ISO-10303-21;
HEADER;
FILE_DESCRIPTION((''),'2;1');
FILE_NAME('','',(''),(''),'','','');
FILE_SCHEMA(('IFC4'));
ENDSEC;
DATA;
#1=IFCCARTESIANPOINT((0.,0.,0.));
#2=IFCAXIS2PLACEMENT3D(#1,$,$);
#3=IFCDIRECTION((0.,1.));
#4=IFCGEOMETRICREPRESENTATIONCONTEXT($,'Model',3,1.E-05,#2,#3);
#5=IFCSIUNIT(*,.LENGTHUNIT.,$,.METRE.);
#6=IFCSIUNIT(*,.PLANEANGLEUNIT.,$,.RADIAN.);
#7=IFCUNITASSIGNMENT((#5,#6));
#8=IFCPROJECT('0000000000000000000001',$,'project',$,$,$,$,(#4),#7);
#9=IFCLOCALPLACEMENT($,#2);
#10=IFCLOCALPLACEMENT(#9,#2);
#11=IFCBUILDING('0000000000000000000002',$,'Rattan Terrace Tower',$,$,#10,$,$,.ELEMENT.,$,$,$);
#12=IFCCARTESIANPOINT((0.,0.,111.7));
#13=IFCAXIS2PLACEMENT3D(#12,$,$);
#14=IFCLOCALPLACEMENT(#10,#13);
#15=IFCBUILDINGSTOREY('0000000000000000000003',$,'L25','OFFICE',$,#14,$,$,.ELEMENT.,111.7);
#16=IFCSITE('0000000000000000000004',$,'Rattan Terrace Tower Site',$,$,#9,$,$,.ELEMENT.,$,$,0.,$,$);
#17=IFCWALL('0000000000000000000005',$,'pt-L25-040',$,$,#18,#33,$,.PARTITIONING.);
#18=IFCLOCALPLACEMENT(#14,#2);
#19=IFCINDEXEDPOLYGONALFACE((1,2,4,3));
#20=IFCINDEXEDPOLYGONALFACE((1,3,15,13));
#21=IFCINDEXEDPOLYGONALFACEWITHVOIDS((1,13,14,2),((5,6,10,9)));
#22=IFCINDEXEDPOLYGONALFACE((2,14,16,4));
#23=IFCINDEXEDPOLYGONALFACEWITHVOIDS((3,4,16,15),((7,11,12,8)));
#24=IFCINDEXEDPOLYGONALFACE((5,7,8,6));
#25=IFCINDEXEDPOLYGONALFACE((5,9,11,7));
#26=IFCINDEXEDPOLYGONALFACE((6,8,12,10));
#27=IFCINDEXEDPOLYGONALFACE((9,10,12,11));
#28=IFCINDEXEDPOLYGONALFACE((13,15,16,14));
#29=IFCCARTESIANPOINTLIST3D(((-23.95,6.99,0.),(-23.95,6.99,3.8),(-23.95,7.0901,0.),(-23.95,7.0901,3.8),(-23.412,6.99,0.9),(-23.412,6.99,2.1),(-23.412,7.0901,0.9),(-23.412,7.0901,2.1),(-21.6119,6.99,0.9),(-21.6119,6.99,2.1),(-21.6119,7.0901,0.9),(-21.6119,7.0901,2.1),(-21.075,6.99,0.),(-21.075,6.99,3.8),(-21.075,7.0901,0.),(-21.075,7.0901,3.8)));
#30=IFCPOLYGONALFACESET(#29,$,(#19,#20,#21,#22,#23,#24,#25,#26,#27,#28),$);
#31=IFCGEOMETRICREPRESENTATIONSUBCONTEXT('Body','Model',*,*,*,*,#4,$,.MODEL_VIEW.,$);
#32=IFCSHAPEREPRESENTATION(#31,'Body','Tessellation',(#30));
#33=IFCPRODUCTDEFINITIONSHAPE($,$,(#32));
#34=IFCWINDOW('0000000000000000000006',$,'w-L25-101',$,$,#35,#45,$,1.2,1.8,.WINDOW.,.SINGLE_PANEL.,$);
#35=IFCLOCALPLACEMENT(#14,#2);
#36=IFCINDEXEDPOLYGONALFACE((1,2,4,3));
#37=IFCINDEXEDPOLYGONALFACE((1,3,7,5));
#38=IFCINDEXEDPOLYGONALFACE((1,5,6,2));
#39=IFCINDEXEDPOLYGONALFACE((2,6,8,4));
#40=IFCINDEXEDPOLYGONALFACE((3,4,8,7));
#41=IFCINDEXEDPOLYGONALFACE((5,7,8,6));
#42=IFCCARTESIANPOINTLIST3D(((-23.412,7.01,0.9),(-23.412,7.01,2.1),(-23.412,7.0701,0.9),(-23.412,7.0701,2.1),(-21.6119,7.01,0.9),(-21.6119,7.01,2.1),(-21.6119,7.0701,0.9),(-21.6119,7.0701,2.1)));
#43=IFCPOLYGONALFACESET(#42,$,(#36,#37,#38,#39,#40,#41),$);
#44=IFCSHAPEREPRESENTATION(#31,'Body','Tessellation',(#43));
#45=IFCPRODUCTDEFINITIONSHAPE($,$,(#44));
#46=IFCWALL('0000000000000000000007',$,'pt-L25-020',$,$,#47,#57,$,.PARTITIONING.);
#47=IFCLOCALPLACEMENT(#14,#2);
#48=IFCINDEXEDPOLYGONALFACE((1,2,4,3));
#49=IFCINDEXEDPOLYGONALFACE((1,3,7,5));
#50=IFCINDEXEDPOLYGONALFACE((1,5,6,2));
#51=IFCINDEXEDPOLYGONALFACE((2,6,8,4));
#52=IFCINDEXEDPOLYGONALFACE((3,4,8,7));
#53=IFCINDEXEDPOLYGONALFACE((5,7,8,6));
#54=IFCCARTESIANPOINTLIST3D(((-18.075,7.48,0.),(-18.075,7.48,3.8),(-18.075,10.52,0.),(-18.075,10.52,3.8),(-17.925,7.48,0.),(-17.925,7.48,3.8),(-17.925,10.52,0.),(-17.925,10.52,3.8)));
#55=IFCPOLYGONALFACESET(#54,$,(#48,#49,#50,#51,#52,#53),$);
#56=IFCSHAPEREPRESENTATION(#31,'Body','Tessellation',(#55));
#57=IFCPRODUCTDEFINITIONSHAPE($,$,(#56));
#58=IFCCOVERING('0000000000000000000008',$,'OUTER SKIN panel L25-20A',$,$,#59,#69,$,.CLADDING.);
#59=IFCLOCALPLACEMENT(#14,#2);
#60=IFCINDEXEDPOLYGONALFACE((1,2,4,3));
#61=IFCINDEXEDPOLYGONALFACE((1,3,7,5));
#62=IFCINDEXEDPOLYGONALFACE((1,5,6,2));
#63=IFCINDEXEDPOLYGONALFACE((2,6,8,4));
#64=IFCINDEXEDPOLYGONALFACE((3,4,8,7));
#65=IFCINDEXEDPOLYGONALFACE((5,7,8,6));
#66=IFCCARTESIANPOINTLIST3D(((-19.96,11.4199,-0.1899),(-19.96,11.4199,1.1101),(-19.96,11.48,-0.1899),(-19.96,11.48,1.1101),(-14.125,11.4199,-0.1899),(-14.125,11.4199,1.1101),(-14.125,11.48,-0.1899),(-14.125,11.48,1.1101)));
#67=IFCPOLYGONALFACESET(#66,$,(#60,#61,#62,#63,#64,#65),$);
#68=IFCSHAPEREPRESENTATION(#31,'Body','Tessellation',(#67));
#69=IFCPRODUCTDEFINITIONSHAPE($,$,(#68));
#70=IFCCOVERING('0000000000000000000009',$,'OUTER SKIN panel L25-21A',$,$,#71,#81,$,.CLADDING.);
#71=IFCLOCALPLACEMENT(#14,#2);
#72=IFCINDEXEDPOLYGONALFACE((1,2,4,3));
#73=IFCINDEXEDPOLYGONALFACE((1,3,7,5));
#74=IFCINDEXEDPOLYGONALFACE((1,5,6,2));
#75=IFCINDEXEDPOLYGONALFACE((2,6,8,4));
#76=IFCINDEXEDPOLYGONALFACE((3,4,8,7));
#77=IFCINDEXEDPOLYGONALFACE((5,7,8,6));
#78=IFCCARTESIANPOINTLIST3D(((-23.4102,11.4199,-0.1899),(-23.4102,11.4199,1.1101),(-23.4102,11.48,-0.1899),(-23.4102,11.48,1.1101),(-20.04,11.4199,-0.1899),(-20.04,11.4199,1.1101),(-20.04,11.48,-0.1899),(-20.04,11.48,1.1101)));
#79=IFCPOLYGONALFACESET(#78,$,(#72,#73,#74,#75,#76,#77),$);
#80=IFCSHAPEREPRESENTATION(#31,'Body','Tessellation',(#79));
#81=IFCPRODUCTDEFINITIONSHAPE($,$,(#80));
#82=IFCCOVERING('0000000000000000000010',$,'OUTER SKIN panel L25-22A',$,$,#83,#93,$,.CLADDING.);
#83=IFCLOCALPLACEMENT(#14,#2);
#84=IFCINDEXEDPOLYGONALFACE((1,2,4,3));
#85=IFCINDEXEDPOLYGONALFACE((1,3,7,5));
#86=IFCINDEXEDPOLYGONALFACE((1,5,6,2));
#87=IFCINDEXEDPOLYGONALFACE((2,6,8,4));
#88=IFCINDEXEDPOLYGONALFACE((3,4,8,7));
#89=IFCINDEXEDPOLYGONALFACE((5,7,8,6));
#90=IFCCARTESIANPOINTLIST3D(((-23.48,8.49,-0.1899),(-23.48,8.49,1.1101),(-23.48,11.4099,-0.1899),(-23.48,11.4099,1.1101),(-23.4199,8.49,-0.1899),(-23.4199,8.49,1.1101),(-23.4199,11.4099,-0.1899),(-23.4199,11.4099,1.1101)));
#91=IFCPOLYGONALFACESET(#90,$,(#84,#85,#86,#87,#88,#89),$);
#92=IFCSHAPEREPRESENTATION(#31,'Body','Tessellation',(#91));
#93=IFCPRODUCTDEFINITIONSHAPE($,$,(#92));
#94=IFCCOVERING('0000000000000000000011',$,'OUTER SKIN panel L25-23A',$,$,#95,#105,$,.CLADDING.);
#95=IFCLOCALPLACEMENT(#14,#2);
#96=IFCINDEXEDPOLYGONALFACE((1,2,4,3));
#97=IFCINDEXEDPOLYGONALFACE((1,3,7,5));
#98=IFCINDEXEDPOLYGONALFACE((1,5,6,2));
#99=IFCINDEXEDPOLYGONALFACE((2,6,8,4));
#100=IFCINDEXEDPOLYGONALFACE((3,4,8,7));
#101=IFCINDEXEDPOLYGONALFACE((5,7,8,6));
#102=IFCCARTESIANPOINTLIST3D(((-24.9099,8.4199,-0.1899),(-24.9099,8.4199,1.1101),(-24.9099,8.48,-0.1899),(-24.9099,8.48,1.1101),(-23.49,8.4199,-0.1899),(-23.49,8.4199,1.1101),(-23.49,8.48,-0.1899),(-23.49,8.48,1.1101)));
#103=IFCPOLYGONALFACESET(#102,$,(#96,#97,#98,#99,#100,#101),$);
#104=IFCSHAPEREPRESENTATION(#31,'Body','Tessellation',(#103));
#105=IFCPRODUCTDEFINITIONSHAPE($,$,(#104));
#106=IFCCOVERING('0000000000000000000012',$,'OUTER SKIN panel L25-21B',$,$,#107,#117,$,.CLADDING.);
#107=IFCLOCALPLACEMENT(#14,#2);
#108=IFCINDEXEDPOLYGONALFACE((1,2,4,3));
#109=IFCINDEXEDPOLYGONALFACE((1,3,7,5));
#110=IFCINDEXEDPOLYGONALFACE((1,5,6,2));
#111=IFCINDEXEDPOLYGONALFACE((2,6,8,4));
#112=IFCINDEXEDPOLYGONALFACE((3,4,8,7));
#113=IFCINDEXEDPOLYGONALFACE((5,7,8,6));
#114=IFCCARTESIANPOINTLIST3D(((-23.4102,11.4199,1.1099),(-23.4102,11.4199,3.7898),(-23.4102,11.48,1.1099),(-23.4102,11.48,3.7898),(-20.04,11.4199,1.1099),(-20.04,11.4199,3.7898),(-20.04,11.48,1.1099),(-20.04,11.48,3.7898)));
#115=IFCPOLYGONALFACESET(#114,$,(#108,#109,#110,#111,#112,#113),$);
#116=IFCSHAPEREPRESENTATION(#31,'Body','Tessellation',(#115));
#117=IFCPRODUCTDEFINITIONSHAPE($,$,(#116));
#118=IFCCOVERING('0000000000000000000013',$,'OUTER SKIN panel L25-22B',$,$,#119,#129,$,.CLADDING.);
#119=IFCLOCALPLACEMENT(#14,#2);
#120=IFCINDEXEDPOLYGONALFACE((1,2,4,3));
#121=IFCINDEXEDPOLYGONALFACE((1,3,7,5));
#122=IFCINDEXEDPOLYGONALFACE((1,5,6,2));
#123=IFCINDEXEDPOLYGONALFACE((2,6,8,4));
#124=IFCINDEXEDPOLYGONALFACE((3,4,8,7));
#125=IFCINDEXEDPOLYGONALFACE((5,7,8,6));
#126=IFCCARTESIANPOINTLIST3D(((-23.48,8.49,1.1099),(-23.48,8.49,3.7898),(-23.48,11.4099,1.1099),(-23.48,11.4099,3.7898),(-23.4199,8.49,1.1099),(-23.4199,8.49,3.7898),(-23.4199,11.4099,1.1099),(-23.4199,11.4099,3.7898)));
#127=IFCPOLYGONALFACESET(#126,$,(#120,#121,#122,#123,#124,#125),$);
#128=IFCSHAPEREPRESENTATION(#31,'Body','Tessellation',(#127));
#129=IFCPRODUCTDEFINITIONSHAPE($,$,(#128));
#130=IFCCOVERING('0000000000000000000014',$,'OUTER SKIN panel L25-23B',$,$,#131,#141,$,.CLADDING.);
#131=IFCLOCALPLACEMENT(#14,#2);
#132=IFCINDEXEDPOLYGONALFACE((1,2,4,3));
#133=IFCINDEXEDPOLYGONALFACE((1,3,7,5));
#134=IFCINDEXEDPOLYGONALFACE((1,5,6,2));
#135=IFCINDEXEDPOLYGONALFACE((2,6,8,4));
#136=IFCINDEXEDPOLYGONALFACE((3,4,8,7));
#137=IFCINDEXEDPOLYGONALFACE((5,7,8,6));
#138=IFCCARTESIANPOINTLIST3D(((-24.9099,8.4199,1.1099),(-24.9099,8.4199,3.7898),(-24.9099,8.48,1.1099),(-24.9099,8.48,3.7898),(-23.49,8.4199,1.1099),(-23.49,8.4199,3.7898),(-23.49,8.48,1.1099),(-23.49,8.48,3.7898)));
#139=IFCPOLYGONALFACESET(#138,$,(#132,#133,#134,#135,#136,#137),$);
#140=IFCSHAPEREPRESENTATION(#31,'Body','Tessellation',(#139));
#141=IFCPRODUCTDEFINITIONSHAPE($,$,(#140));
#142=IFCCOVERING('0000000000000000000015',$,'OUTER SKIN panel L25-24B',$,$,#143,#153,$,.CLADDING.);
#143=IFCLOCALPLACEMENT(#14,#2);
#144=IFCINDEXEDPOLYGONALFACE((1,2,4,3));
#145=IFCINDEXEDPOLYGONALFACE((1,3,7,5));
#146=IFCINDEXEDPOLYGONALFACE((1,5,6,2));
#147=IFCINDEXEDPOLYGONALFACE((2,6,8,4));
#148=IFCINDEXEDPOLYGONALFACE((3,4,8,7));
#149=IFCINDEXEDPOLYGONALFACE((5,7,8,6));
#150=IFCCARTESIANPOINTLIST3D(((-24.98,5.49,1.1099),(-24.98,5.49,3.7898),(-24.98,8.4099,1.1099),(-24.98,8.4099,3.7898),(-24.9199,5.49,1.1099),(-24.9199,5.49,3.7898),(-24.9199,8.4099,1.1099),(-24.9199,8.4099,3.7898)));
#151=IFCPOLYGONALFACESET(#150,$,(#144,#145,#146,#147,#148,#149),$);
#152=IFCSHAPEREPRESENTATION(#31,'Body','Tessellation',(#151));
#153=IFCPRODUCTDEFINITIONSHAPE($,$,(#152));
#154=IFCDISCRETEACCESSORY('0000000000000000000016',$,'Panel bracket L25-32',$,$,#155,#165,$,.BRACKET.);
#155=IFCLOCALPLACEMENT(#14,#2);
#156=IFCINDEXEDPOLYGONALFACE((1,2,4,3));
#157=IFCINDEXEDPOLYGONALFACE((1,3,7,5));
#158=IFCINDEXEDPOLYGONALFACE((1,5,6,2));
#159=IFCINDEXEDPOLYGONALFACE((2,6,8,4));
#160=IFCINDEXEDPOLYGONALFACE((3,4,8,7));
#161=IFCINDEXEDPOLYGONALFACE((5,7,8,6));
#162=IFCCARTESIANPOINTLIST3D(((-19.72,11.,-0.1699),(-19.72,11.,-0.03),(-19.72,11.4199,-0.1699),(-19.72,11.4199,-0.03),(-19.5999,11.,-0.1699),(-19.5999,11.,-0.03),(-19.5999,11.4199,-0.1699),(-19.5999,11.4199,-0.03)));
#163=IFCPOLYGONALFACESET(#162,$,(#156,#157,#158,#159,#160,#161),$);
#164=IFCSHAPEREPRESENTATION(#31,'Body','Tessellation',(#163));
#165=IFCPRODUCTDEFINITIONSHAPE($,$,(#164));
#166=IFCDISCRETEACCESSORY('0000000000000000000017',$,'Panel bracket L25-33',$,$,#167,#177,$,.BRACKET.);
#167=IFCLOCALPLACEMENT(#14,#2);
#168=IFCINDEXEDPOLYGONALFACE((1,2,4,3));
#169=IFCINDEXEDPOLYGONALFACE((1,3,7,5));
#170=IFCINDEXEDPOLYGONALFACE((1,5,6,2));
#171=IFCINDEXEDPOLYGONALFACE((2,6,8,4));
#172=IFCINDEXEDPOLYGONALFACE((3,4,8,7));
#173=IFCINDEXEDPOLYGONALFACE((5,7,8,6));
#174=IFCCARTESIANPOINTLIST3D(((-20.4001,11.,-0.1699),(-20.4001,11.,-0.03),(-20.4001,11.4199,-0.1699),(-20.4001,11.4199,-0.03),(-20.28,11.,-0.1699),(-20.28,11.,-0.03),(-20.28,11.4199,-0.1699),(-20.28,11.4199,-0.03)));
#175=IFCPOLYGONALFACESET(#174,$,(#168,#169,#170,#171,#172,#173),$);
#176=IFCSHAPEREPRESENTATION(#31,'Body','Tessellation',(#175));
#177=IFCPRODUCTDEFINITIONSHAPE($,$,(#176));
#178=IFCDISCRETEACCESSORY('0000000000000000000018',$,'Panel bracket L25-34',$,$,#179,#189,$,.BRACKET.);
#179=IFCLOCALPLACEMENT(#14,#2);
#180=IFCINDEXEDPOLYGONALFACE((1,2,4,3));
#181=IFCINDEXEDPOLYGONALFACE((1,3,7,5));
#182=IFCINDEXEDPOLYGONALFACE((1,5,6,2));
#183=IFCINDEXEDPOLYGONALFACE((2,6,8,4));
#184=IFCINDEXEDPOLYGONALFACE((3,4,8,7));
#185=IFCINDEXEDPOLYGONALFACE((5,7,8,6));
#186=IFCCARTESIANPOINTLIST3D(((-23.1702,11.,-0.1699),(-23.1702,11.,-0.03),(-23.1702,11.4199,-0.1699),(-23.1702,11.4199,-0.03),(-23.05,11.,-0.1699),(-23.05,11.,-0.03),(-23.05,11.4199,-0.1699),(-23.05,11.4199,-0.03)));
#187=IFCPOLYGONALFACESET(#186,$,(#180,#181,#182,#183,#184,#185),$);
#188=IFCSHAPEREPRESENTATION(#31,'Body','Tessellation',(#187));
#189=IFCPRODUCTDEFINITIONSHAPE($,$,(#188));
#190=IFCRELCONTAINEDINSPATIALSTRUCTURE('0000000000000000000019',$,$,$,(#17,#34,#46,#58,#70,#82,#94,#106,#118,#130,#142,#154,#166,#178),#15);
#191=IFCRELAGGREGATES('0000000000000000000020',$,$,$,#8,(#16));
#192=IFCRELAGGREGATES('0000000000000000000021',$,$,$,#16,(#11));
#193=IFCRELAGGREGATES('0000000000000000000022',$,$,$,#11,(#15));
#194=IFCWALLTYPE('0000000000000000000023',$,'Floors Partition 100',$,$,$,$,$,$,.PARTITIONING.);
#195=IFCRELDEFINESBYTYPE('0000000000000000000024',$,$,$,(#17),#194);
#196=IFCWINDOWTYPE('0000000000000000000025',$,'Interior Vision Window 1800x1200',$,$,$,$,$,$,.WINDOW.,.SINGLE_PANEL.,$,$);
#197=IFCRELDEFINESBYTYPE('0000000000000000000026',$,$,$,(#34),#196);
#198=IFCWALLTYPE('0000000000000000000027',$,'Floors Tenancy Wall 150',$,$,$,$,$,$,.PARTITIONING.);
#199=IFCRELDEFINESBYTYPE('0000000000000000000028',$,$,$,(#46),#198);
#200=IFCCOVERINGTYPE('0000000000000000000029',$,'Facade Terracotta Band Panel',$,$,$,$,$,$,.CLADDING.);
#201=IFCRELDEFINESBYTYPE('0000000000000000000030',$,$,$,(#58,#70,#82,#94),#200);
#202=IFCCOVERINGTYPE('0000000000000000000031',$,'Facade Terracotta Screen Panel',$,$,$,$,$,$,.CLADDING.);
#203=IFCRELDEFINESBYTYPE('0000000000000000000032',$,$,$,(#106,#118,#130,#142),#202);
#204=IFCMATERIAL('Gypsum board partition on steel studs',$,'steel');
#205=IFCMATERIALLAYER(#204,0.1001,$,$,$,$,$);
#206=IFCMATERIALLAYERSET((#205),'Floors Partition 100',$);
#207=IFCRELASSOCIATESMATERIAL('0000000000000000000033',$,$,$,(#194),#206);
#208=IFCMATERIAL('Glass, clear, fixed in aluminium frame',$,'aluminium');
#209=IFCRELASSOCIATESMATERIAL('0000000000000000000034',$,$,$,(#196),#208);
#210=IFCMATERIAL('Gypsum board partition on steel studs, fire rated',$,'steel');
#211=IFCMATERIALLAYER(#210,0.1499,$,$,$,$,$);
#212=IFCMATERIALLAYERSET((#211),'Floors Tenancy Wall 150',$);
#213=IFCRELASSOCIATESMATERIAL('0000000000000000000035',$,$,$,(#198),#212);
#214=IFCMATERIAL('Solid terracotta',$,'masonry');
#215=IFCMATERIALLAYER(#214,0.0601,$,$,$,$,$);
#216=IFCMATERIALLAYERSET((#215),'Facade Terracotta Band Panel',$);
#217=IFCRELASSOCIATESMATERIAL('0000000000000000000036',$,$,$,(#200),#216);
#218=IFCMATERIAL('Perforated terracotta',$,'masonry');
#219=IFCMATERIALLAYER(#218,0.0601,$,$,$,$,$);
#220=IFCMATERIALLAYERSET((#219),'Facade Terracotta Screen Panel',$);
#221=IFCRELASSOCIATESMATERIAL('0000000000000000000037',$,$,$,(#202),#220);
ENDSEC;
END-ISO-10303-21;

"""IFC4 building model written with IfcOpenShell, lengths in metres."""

from ifc_helpers import new_model, si_unit, direction, frame, frame_2d, origin, origin_2d, place, context, subcontext, project, spatial, rectangle, extrude, material, layer, layer_set, type_object, element, fill, save


model = new_model("IFC4")

# Units and contexts
model_context = context("Model", 3, precision=1e-05, world=origin(), true_north=direction((0.0, 1.0)))
body_context = subcontext(model_context, "Body", "Model", "MODEL_VIEW")
ifc_project = project(units=[si_unit("LENGTHUNIT", "METRE"), si_unit("PLANEANGLEUNIT", "RADIAN")], contexts=[model_context])

# Site, building, storey
site_placement = place(None, origin())
site = spatial("IfcSite", under=ifc_project, at=site_placement, Name="Rattan Terrace Tower Site", CompositionType="ELEMENT", RefElevation=0.0)
building_placement = place(site_placement, origin())
building = spatial("IfcBuilding", under=site, at=building_placement, Name="Rattan Terrace Tower", CompositionType="ELEMENT")
storey_placement = place(building_placement, frame((0.0, 0.0, 111.7)))
storey = spatial("IfcBuildingStorey", under=building, at=storey_placement, Name="L25", Description="OFFICE", CompositionType="ELEMENT", Elevation=111.7)

# Shared definitions
ifc_material_1 = material(Name="Gypsum board partition on steel studs", Category="steel")
ifc_layer_1 = layer(ifc_material_1, 0.1001)
ifc_layer_set_1 = layer_set([ifc_layer_1], Name="Floors Partition 100")
wall_type_1 = type_object("IfcWallType", Name="Floors Partition 100", PredefinedType="PARTITIONING", material=ifc_layer_set_1)

# Wall, opening, window
wall_1_placement = place(storey_placement, frame((-21.075, 7.04, 0.0), z_axis=(0.0, 0.0, 1.0), x_axis=(-1.0, 0.0, 0.0)))
wall_1 = element("IfcWall", 1, at=wall_1_placement, inside=storey, type_object=wall_type_1, Name="pt-L25-040", PredefinedType="PARTITIONING", context=body_context, shape_type="SweptSolid", body=[
    extrude(rectangle(XDim=2.875, YDim=0.1001, at=frame_2d((1.4375, 0.0))), origin(), (0.0, 0.0, 1.0), 3.8),
])
opening_1_placement = place(wall_1_placement, frame((0.5371, 0.0, 0.8999)))
opening_1 = element("IfcOpeningElement", 2, at=opening_1_placement, cuts=wall_1, PredefinedType="OPENING", context=body_context, shape_type="SweptSolid", body=[
    extrude(rectangle(XDim=1.8, YDim=1.2, at=frame_2d((0.8999, 0.6001))), frame((0.0, 0.0605, 0.0), z_axis=(0.0, -1.0, 0.0), x_axis=(1.0, 0.0, 0.0)), (0.0, 0.0, 1.0), 0.1211),
])
ifc_material_2 = material(Name="Glass, clear, fixed in aluminium frame", Category="aluminium")
window_type_1 = type_object("IfcWindowType", Name="Interior Vision Window 1800x1200", PartitioningType="SINGLE_PANEL", PredefinedType="WINDOW", material=ifc_material_2)
window_1_placement = place(opening_1_placement, origin())
window_1 = element("IfcWindow", 3, at=window_1_placement, inside=storey, type_object=window_type_1, Name="w-L25-101", OverallHeight=1.2, OverallWidth=1.8, PartitioningType="SINGLE_PANEL", PredefinedType="WINDOW", context=body_context, shape_type="SweptSolid", body=[
    extrude(rectangle(XDim=1.8, YDim=1.2, at=frame_2d((0.8999, 0.6001))), frame((0.0, 0.03, 0.0), z_axis=(0.0, -1.0, 0.0), x_axis=(1.0, 0.0, 0.0)), (0.0, 0.0, 1.0), 0.0601),
])
fill(opening_1, window_1)

# Wall
ifc_material_3 = material(Name="Gypsum board partition on steel studs, fire rated", Category="steel")
ifc_layer_2 = layer(ifc_material_3, 0.1499)
ifc_layer_set_2 = layer_set([ifc_layer_2], Name="Floors Tenancy Wall 150")
wall_type_2 = type_object("IfcWallType", Name="Floors Tenancy Wall 150", PredefinedType="PARTITIONING", material=ifc_layer_set_2)
wall_2_placement = place(storey_placement, frame((-18.0, 10.52, 0.0), z_axis=(0.0, 0.0, 1.0), x_axis=(0.0, -1.0, 0.0)))
element("IfcWall", 4, at=wall_2_placement, inside=storey, type_object=wall_type_2, Name="pt-L25-020", PredefinedType="PARTITIONING", context=body_context, shape_type="SweptSolid", body=[
    extrude(rectangle(XDim=3.04, YDim=0.1499, at=frame_2d((1.52, 0.0))), origin(), (0.0, 0.0, 1.0), 3.8),
])

# Coverings
ifc_material_4 = material(Name="Solid terracotta", Category="masonry")
ifc_layer_3 = layer(ifc_material_4, 0.0601)
ifc_layer_set_3 = layer_set([ifc_layer_3], Name="Facade Terracotta Band Panel")
covering_type_1 = type_object("IfcCoveringType", Name="Facade Terracotta Band Panel", PredefinedType="CLADDING", material=ifc_layer_set_3)
covering_1_placement = place(storey_placement, frame((-17.0425, 11.45, -0.1899), z_axis=(0.0, 0.0, 1.0), x_axis=(-1.0, 0.0, 0.0)))
element("IfcCovering", 5, at=covering_1_placement, inside=storey, type_object=covering_type_1, Name="OUTER SKIN panel L25-20A", PredefinedType="CLADDING", context=body_context, shape_type="SweptSolid", body=[
    extrude(rectangle(XDim=5.835, YDim=0.0601, at=origin_2d()), origin(), (0.0, 0.0, 1.0), 1.3),
])
covering_2_placement = place(storey_placement, frame((-21.7251, 11.45, -0.1899), z_axis=(0.0, 0.0, 1.0), x_axis=(-1.0, 0.0, 0.0)))
element("IfcCovering", 6, at=covering_2_placement, inside=storey, type_object=covering_type_1, Name="OUTER SKIN panel L25-21A", PredefinedType="CLADDING", context=body_context, shape_type="SweptSolid", body=[
    extrude(rectangle(XDim=3.3701, YDim=0.0601, at=origin_2d()), origin(), (0.0, 0.0, 1.0), 1.3),
])
covering_3_placement = place(storey_placement, frame((-23.45, 9.95, -0.1899), z_axis=(0.0, 0.0, 1.0), x_axis=(0.0, -1.0, 0.0)))
element("IfcCovering", 7, at=covering_3_placement, inside=storey, type_object=covering_type_1, Name="OUTER SKIN panel L25-22A", PredefinedType="CLADDING", context=body_context, shape_type="SweptSolid", body=[
    extrude(rectangle(XDim=2.9199, YDim=0.0601, at=origin_2d()), origin(), (0.0, 0.0, 1.0), 1.3),
])
covering_4_placement = place(storey_placement, frame((-24.2, 8.45, -0.1899), z_axis=(0.0, 0.0, 1.0), x_axis=(-1.0, 0.0, 0.0)))
element("IfcCovering", 8, at=covering_4_placement, inside=storey, type_object=covering_type_1, Name="OUTER SKIN panel L25-23A", PredefinedType="CLADDING", context=body_context, shape_type="SweptSolid", body=[
    extrude(rectangle(XDim=1.4199, YDim=0.0601, at=origin_2d()), origin(), (0.0, 0.0, 1.0), 1.3),
])
ifc_material_5 = material(Name="Perforated terracotta", Category="masonry")
ifc_layer_4 = layer(ifc_material_5, 0.0601)
ifc_layer_set_4 = layer_set([ifc_layer_4], Name="Facade Terracotta Screen Panel")
covering_type_2 = type_object("IfcCoveringType", Name="Facade Terracotta Screen Panel", PredefinedType="CLADDING", material=ifc_layer_set_4)
covering_5_placement = place(storey_placement, frame((-21.7251, 11.45, 1.1099), z_axis=(0.0, 0.0, 1.0), x_axis=(-1.0, 0.0, 0.0)))
element("IfcCovering", 9, at=covering_5_placement, inside=storey, type_object=covering_type_2, Name="OUTER SKIN panel L25-21B", PredefinedType="CLADDING", context=body_context, shape_type="SweptSolid", body=[
    extrude(rectangle(XDim=3.3701, YDim=0.0601, at=origin_2d()), origin(), (0.0, 0.0, 1.0), 2.6799),
])
covering_6_placement = place(storey_placement, frame((-23.45, 9.95, 1.1099), z_axis=(0.0, 0.0, 1.0), x_axis=(0.0, -1.0, 0.0)))
element("IfcCovering", 10, at=covering_6_placement, inside=storey, type_object=covering_type_2, Name="OUTER SKIN panel L25-22B", PredefinedType="CLADDING", context=body_context, shape_type="SweptSolid", body=[
    extrude(rectangle(XDim=2.9199, YDim=0.0601, at=origin_2d()), origin(), (0.0, 0.0, 1.0), 2.6799),
])
covering_7_placement = place(storey_placement, frame((-24.2, 8.45, 1.1099), z_axis=(0.0, 0.0, 1.0), x_axis=(-1.0, 0.0, 0.0)))
element("IfcCovering", 11, at=covering_7_placement, inside=storey, type_object=covering_type_2, Name="OUTER SKIN panel L25-23B", PredefinedType="CLADDING", context=body_context, shape_type="SweptSolid", body=[
    extrude(rectangle(XDim=1.4199, YDim=0.0601, at=origin_2d()), origin(), (0.0, 0.0, 1.0), 2.6799),
])
covering_8_placement = place(storey_placement, frame((-24.95, 6.95, 1.1099), z_axis=(0.0, 0.0, 1.0), x_axis=(0.0, -1.0, 0.0)))
element("IfcCovering", 12, at=covering_8_placement, inside=storey, type_object=covering_type_2, Name="OUTER SKIN panel L25-24B", PredefinedType="CLADDING", context=body_context, shape_type="SweptSolid", body=[
    extrude(rectangle(XDim=2.9199, YDim=0.0601, at=origin_2d()), origin(), (0.0, 0.0, 1.0), 2.6799),
])

# Discrete accessories
for number, where, z_axis, x_axis, name in (
    (13, (-19.6599, 11.21, -0.1699), (0.0, 0.0, 1.0), (-1.0, 0.0, 0.0), "Panel bracket L25-32"),
    (14, (-20.3401, 11.21, -0.1699), (0.0, 0.0, 1.0), (-1.0, 0.0, 0.0), "Panel bracket L25-33"),
    (15, (-23.1101, 11.21, -0.1699), (0.0, 0.0, 1.0), (-1.0, 0.0, 0.0), "Panel bracket L25-34"),
):
    element("IfcDiscreteAccessory", number, at=place(storey_placement, frame(where, z_axis=z_axis, x_axis=x_axis)), inside=storey, Name=name, PredefinedType="BRACKET", context=body_context, shape_type="SweptSolid", body=[
        extrude(rectangle(XDim=0.1201, YDim=0.4199, at=origin_2d()), origin(), (0.0, 0.0, 1.0), 0.1399),
    ])

save(model, "model.ifc")
